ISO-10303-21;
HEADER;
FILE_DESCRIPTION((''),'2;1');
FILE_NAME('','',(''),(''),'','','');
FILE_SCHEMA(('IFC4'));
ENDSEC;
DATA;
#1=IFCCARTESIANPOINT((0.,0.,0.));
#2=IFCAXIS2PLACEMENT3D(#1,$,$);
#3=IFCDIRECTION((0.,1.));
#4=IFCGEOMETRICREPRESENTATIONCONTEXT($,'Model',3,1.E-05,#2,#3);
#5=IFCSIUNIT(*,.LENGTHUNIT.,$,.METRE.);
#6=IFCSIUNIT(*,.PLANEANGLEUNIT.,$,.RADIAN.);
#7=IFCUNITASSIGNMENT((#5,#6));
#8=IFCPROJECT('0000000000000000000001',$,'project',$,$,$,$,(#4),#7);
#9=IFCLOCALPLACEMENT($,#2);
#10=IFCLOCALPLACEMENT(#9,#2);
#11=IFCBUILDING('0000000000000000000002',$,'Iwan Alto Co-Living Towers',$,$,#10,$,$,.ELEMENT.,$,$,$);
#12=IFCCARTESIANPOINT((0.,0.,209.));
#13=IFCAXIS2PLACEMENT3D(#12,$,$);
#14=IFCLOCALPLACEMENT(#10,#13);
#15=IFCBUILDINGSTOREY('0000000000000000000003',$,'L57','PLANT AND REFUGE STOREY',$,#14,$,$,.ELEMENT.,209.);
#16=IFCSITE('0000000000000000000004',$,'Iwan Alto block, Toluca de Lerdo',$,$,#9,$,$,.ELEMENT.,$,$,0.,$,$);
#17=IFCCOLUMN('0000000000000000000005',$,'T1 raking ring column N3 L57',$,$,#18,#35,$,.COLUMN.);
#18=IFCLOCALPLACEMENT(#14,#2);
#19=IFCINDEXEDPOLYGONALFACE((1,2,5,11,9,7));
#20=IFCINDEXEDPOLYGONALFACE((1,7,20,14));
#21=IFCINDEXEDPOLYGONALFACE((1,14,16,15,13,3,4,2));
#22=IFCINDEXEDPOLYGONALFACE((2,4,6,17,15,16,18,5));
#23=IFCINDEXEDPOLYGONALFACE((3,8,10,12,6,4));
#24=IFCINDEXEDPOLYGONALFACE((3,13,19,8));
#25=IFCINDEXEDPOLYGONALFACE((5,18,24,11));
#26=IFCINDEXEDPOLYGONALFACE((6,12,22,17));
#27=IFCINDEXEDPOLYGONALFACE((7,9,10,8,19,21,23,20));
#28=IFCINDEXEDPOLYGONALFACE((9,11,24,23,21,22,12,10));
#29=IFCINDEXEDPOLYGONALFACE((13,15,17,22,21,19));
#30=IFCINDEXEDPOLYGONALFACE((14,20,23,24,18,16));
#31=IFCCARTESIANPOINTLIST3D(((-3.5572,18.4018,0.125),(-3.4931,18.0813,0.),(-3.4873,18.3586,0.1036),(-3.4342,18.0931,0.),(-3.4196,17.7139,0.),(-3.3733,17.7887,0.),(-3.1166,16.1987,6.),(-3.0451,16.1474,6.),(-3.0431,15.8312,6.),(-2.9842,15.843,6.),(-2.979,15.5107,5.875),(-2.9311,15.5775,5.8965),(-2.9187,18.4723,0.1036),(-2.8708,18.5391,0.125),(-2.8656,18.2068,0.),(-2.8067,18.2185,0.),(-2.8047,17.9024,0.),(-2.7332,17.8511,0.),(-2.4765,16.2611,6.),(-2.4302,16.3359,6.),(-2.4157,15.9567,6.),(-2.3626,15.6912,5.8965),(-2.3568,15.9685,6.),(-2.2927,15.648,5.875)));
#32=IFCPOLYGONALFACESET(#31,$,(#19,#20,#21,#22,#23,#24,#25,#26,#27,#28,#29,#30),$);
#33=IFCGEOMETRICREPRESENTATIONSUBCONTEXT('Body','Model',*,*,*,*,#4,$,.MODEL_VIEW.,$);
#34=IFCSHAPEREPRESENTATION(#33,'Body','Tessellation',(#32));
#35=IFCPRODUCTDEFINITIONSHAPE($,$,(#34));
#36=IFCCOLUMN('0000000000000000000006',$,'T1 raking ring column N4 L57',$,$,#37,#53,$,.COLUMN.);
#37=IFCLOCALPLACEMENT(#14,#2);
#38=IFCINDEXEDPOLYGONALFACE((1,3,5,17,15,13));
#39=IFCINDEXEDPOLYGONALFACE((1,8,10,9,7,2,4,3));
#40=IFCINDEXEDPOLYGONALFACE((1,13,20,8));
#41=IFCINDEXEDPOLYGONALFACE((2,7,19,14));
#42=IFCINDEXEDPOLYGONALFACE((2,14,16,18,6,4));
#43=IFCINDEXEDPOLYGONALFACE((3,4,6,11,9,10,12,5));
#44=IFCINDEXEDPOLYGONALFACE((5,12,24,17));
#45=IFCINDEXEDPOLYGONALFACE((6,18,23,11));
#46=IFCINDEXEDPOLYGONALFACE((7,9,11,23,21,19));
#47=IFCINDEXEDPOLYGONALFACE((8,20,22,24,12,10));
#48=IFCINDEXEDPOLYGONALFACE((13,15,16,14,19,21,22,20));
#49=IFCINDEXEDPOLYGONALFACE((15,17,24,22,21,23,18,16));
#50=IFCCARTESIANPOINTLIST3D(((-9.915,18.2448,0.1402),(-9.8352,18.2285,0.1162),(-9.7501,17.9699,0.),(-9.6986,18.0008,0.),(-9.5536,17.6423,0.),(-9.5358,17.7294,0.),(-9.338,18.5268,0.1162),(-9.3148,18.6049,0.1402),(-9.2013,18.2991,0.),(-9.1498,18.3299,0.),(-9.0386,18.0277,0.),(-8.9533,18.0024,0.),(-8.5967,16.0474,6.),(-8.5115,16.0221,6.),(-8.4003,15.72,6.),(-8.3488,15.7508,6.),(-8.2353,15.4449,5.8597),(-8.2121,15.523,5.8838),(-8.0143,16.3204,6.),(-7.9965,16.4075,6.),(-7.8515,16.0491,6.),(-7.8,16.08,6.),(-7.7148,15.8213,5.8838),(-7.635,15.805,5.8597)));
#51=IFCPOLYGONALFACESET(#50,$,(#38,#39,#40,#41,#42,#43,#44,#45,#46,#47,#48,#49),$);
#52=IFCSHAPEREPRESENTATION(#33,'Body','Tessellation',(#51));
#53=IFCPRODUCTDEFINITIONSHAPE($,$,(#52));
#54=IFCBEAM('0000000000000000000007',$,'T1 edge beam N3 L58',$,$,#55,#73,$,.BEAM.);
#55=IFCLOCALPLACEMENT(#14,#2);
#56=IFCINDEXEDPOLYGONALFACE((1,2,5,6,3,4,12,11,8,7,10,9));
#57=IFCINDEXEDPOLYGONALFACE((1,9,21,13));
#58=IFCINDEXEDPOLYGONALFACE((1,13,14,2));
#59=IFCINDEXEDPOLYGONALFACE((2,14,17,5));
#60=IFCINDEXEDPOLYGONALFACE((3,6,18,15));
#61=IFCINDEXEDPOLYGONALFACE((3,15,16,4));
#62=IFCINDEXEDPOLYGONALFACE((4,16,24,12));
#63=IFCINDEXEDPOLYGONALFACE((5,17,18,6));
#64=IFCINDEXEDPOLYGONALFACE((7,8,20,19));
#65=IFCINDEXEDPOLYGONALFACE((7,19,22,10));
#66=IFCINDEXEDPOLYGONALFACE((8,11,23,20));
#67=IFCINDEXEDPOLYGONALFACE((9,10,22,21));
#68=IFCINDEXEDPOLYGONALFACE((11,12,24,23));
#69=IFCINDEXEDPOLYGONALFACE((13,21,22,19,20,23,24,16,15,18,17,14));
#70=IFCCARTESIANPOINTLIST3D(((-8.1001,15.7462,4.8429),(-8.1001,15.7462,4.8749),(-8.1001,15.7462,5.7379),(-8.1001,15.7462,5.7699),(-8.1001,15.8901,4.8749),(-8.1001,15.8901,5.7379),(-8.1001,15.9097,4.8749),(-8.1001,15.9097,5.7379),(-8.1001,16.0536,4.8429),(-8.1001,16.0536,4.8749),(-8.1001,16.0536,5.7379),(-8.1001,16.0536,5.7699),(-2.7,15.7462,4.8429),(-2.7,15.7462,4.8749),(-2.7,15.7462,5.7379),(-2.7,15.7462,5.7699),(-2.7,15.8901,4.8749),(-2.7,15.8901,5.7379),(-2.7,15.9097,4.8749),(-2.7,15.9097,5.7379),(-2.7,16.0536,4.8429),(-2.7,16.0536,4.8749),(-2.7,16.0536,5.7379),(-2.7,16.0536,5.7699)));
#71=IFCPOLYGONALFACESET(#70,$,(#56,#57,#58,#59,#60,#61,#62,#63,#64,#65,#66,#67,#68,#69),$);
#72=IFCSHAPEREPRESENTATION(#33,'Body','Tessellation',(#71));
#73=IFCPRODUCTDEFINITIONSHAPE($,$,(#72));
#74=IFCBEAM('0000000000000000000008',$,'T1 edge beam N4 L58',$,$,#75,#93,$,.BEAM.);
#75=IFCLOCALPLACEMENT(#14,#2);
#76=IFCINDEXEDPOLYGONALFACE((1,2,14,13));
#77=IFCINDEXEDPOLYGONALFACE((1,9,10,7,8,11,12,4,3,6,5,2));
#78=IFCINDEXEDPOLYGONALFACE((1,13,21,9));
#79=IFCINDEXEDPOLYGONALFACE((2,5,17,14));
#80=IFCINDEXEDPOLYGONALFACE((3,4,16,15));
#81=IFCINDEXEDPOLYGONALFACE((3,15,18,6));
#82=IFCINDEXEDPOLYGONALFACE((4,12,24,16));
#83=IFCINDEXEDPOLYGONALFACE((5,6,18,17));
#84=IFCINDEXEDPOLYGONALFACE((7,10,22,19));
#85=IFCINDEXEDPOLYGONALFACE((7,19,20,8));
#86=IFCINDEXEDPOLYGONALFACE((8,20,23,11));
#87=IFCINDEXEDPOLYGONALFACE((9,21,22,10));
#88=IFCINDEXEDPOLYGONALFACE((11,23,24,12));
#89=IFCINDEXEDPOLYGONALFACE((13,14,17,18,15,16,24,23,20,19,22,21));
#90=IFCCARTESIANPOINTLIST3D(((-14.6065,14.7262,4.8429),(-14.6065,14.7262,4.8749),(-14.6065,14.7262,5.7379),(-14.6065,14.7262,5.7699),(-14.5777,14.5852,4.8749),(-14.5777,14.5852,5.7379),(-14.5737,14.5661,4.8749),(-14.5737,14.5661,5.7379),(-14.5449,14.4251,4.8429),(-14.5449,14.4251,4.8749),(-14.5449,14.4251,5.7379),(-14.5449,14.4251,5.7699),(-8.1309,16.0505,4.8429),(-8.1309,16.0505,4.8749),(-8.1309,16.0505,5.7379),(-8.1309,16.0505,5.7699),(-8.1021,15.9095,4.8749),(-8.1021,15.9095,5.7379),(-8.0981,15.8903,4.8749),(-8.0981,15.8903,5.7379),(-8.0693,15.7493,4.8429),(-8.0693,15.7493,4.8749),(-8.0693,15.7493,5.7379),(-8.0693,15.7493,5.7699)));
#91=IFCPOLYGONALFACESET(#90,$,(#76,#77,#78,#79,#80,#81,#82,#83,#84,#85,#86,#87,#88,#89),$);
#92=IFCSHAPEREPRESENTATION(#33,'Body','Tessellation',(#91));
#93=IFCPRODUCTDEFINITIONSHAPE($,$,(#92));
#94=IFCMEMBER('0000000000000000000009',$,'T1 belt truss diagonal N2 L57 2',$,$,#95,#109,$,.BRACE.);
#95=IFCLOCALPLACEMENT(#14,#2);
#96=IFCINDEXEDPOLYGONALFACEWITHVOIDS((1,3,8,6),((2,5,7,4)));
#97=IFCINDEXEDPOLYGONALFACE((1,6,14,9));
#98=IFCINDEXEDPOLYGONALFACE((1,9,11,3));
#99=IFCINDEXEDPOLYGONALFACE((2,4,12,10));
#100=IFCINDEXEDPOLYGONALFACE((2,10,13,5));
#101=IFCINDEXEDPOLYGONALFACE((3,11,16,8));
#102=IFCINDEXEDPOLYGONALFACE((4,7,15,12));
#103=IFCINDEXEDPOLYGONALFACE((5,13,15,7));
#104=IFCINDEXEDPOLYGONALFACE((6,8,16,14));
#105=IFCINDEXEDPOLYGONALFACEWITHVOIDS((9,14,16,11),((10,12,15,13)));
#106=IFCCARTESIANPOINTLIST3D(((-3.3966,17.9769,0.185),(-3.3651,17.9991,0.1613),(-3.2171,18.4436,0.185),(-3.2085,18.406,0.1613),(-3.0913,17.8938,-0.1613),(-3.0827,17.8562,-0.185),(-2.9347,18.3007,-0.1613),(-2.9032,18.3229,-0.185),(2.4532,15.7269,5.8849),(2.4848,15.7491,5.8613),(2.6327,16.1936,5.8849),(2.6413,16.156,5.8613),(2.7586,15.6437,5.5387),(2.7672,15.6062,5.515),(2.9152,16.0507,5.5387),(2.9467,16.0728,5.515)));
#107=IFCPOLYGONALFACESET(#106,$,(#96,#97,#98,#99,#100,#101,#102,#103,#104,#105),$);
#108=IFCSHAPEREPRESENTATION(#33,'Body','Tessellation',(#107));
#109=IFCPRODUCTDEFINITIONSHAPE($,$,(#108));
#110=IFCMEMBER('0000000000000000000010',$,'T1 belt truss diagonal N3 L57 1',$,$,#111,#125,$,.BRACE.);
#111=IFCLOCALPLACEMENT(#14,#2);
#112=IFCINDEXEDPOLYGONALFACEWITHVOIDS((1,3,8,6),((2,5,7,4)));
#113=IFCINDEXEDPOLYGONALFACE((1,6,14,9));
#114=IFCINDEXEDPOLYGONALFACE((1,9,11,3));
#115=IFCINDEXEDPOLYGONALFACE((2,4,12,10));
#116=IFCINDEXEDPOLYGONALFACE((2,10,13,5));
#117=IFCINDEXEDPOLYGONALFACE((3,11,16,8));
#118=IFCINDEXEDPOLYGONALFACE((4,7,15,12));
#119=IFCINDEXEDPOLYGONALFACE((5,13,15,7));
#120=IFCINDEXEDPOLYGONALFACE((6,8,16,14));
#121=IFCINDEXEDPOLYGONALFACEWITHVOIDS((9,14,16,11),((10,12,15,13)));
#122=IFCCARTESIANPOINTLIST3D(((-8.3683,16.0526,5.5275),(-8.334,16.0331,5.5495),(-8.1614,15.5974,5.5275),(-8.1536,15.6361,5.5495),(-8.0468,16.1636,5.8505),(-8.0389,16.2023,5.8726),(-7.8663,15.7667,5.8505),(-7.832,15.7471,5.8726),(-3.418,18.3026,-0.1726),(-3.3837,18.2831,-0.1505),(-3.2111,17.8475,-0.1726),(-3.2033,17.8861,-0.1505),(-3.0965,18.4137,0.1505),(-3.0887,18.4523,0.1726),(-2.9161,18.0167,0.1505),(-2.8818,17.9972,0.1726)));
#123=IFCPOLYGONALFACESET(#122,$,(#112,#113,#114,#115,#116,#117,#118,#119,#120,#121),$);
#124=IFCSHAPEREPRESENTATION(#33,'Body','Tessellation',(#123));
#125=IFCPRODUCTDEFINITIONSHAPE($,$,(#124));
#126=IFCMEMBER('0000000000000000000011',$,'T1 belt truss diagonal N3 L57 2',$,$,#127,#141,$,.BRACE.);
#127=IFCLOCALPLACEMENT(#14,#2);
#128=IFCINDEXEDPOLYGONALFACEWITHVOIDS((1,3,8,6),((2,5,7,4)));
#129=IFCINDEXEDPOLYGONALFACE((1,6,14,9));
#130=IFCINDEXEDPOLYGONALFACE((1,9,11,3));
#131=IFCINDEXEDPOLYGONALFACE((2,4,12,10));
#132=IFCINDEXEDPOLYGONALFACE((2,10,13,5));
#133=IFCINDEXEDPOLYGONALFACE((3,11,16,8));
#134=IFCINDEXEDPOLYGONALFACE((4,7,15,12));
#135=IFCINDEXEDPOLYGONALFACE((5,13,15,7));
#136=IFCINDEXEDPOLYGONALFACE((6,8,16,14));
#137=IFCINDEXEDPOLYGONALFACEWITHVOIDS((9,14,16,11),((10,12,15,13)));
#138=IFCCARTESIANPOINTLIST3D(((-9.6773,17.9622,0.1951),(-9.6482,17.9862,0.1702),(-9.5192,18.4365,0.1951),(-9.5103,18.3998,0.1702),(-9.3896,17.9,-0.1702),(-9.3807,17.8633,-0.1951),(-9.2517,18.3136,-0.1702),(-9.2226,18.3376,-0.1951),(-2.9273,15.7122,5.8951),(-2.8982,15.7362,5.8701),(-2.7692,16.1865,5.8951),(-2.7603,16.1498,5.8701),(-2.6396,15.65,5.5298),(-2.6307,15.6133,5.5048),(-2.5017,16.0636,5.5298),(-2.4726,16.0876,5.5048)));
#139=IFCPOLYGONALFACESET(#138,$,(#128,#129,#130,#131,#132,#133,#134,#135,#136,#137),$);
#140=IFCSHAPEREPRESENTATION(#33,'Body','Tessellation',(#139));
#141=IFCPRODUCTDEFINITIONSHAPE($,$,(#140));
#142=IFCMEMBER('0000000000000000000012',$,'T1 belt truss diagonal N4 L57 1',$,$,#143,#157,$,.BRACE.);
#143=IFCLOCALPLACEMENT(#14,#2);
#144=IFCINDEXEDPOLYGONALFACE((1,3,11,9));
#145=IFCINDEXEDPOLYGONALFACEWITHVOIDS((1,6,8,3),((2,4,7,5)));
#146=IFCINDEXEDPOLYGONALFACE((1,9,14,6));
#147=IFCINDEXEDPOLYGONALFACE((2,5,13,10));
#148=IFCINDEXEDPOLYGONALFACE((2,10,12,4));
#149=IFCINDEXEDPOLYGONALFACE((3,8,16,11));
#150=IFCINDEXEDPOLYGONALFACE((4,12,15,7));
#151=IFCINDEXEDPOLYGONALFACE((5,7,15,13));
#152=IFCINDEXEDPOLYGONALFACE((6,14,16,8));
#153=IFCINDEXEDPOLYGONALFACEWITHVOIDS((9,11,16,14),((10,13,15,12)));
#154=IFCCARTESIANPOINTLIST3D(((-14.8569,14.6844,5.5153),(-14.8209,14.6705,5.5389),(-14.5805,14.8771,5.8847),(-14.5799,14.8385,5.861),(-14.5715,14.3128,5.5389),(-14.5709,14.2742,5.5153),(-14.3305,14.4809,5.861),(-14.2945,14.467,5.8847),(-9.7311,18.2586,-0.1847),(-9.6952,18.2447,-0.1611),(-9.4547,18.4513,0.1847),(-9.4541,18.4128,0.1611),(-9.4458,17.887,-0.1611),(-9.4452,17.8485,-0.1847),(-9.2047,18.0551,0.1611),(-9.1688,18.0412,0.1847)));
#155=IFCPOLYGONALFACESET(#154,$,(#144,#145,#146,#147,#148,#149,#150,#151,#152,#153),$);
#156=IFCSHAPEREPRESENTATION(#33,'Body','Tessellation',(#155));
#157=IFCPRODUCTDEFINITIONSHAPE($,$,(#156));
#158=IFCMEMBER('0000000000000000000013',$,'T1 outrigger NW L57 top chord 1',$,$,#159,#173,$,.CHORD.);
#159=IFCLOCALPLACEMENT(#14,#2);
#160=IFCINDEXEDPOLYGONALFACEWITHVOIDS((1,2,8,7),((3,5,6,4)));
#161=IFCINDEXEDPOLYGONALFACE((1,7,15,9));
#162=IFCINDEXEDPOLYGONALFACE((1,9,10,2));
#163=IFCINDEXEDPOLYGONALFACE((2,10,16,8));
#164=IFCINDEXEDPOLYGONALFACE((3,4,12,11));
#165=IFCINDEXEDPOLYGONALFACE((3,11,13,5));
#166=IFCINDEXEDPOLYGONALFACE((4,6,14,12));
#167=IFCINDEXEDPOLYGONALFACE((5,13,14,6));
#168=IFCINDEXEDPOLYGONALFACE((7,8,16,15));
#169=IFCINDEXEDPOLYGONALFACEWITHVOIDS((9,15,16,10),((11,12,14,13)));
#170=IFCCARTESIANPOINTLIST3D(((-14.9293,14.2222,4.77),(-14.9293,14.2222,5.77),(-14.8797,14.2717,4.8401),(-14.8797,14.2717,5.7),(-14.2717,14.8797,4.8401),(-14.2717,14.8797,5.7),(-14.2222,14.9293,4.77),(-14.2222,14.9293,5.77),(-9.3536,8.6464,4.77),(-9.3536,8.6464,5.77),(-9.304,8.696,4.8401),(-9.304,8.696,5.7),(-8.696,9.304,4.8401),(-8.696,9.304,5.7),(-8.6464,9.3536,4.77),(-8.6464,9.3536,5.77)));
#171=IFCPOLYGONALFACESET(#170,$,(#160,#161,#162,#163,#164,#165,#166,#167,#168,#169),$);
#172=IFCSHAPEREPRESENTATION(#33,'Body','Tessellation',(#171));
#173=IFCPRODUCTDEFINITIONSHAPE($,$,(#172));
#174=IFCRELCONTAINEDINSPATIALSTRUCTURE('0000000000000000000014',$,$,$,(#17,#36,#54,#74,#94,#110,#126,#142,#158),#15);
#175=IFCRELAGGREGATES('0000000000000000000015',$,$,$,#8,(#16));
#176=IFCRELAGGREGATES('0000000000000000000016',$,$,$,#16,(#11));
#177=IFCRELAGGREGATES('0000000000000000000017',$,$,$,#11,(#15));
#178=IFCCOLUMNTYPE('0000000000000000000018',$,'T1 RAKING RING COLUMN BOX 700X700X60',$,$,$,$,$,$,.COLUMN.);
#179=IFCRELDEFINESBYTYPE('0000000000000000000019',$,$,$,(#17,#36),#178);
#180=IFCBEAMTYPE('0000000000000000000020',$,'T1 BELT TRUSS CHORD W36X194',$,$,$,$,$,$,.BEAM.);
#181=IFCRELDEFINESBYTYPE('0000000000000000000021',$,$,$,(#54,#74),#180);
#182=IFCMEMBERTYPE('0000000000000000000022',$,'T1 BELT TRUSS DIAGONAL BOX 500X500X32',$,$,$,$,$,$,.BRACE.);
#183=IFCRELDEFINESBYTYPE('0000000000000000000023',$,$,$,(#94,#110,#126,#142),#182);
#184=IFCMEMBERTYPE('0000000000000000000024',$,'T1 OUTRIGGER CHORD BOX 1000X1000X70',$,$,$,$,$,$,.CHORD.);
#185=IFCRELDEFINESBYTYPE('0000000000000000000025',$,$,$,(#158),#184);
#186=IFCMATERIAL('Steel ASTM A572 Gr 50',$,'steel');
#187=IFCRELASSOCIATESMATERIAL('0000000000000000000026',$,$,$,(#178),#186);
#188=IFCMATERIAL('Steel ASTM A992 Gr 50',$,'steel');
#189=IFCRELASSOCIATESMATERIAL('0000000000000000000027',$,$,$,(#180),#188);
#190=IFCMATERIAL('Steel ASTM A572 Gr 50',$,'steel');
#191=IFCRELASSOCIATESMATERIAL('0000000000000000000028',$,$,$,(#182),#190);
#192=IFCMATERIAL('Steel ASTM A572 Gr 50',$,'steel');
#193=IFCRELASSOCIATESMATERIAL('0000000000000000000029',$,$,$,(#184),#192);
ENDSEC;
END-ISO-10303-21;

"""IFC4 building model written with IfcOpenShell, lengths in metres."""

from ifc_helpers import new_model, si_unit, direction, frame, origin, origin_2d, place, context, subcontext, project, spatial, hollow_rectangle, i_section, extrude, clip, halfspace, material, material_profile, profile_set, type_object, element, save


model = new_model("IFC4")

# Units and contexts
model_context = context("Model", 3, precision=1e-05, world=origin(), true_north=direction((0.0, 1.0)))
body_context = subcontext(model_context, "Body", "Model", "MODEL_VIEW")
ifc_project = project(units=[si_unit("LENGTHUNIT", "METRE"), si_unit("PLANEANGLEUNIT", "RADIAN")], contexts=[model_context])

# Site, building, storey
site_placement = place(None, origin())
site = spatial("IfcSite", under=ifc_project, at=site_placement, Name="Iwan Alto block, Toluca de Lerdo", CompositionType="ELEMENT", RefElevation=0.0)
building_placement = place(site_placement, origin())
building = spatial("IfcBuilding", under=site, at=building_placement, Name="Iwan Alto Co-Living Towers", CompositionType="ELEMENT")
storey_placement = place(building_placement, frame((0.0, 0.0, 209.0)))
storey = spatial("IfcBuildingStorey", under=building, at=storey_placement, Name="L57", Description="PLANT AND REFUGE STOREY", CompositionType="ELEMENT", Elevation=209.0)

# Columns
ifc_material_1 = material(Name="Steel ASTM A572 Gr 50", Category="steel")
ifc_material_profile_1 = material_profile(ifc_material_1, hollow_rectangle(XDim=0.7, YDim=0.7, WallThickness=0.0601, at=origin_2d()), Name="BOX 700X700X60")
ifc_profile_set_1 = profile_set([ifc_material_profile_1], Name="Steel ASTM A572 Gr 50")
column_type = type_object("IfcColumnType", Name="T1 RAKING RING COLUMN BOX 700X700X60", PredefinedType="COLUMN", material=ifc_profile_set_1)
column_1_placement = place(storey_placement, frame((-3.1499, 18.1499, 0.0), z_axis=(0.070045, -0.350261, 0.934029), x_axis=(0.980585, 0.196096, 0.0)))
element("IfcColumn", 1, at=column_1_placement, inside=storey, type_object=column_type, Name="T1 raking ring column N3 L57", PredefinedType="COLUMN", context=body_context, shape_type="Clipping", body=[
    clip(clip(extrude(hollow_rectangle(XDim=0.7, YDim=0.7, WallThickness=0.0601, at=origin_2d()), origin(), (0.0, 0.0, 1.0), 6.4238), halfspace(frame((0.0, 0.0, 0.0), z_axis=(0.0, -0.357196, -0.934029), x_axis=(0.980585, -0.183159, 0.070045)), False)), halfspace(frame((0.0, 2.1431, 5.6042), z_axis=(0.0, 0.357196, 0.934029), x_axis=(0.980585, -0.183159, 0.070045)), False)),
])
column_2_placement = place(storey_placement, frame((-9.45, 18.1499, 0.0), z_axis=(0.206128, -0.343583, 0.916222), x_axis=(0.857518, 0.514455, 0.0)))
element("IfcColumn", 2, at=column_2_placement, inside=storey, type_object=column_type, Name="T1 raking ring column N4 L57", PredefinedType="COLUMN", context=body_context, shape_type="Clipping", body=[
    clip(clip(extrude(hollow_rectangle(XDim=0.7, YDim=0.7, WallThickness=0.0601, at=origin_2d()), origin(), (0.0, 0.0, 1.0), 6.5486), halfspace(frame((0.0, 0.0, 0.0), z_axis=(0.0, -0.400672, -0.916222), x_axis=(0.857518, -0.471355, 0.206128)), False)), halfspace(frame((0.0, 2.4041, 5.4973), z_axis=(0.0, 0.400672, 0.916222), x_axis=(0.857518, -0.471355, 0.206128)), False)),
])

# Beams
ifc_material_2 = material(Name="Steel ASTM A992 Gr 50", Category="steel")
ifc_material_profile_2 = material_profile(ifc_material_2, i_section(OverallWidth=0.3074, OverallDepth=0.927, WebThickness=0.0195, FlangeThickness=0.032, at=origin_2d()), Name="W36X194")
ifc_profile_set_2 = profile_set([ifc_material_profile_2], Name="Steel ASTM A992 Gr 50")
beam_type_1 = type_object("IfcBeamType", Name="T1 BELT TRUSS CHORD W36X194", PredefinedType="BEAM", material=ifc_profile_set_2)
beam_1_placement = place(storey_placement, frame((-2.7, 15.8999, 5.3064), z_axis=(-1.0, 0.0, 0.0), x_axis=(0.0, -1.0, 0.0)))
element("IfcBeam", 3, at=beam_1_placement, inside=storey, type_object=beam_type_1, Name="T1 edge beam N3 L58", PredefinedType="BEAM", context=body_context, shape_type="SweptSolid", body=[
    extrude(i_section(OverallWidth=0.3074, OverallDepth=0.927, WebThickness=0.0195, FlangeThickness=0.032, at=origin_2d()), origin(), (0.0, 0.0, 1.0), 5.4001),
])
beam_2_placement = place(storey_placement, frame((-8.1001, 15.8999, 5.3064), z_axis=(-0.979725, -0.200348, 0.0), x_axis=(0.200348, -0.979725, 0.0)))
element("IfcBeam", 4, at=beam_2_placement, inside=storey, type_object=beam_type_1, Name="T1 edge beam N4 L58", PredefinedType="BEAM", context=body_context, shape_type="SweptSolid", body=[
    extrude(i_section(OverallWidth=0.3074, OverallDepth=0.927, WebThickness=0.0195, FlangeThickness=0.032, at=origin_2d()), origin(), (0.0, 0.0, 1.0), 6.6096),
])

# Members
ifc_material_3 = material(Name="Steel ASTM A572 Gr 50", Category="steel")
ifc_material_profile_3 = material_profile(ifc_material_3, hollow_rectangle(XDim=0.5, YDim=0.5, WallThickness=0.032, at=origin_2d()), Name="BOX 500X500X32")
ifc_profile_set_3 = profile_set([ifc_material_profile_3], Name="Steel ASTM A572 Gr 50")
member_type_1 = type_object("IfcMemberType", Name="T1 BELT TRUSS DIAGONAL BOX 500X500X32", PredefinedType="BRACE", material=ifc_profile_set_3)
member_1_placement = place(storey_placement, frame((-3.1499, 18.1499, 0.0), z_axis=(0.690503, -0.265585, 0.672808), x_axis=(0.358987, 0.933343, 0.0)))
element("IfcMember", 5, at=member_1_placement, inside=storey, type_object=member_type_1, Name="T1 belt truss diagonal N2 L57 2", PredefinedType="BRACE", context=body_context, shape_type="SweptSolid", body=[
    extrude(hollow_rectangle(XDim=0.5, YDim=0.5, WallThickness=0.032, at=origin_2d()), origin(), (0.0, 0.0, 1.0), 8.4719),
])
member_2_placement = place(storey_placement, frame((-3.1499, 18.1499, 0.0), z_axis=(-0.62839, -0.28562, 0.723566), x_axis=(0.413789, -0.910373, 0.0)))
element("IfcMember", 6, at=member_2_placement, inside=storey, type_object=member_type_1, Name="T1 belt truss diagonal N3 L57 1", PredefinedType="BRACE", context=body_context, shape_type="SweptSolid", body=[
    extrude(hollow_rectangle(XDim=0.5, YDim=0.5, WallThickness=0.032, at=origin_2d()), origin(), (0.0, 0.0, 1.0), 7.8777),
])
member_3_placement = place(storey_placement, frame((-9.45, 18.1499, 0.0), z_axis=(0.740398, -0.246799, 0.62522), x_axis=(0.316228, 0.948683, 0.0)))
element("IfcMember", 7, at=member_3_placement, inside=storey, type_object=member_type_1, Name="T1 belt truss diagonal N3 L57 2", PredefinedType="BRACE", context=body_context, shape_type="SweptSolid", body=[
    extrude(hollow_rectangle(XDim=0.5, YDim=0.5, WallThickness=0.032, at=origin_2d()), origin(), (0.0, 0.0, 1.0), 9.1167),
])
member_4_placement = place(storey_placement, frame((-9.45, 18.1499, 0.0), z_axis=(-0.606022, -0.422585, 0.673913), x_axis=(0.57198, -0.820268, 0.0)))
element("IfcMember", 8, at=member_4_placement, inside=storey, type_object=member_type_1, Name="T1 belt truss diagonal N4 L57 1", PredefinedType="BRACE", context=body_context, shape_type="SweptSolid", body=[
    extrude(hollow_rectangle(XDim=0.5, YDim=0.5, WallThickness=0.032, at=origin_2d()), origin(), (0.0, 0.0, 1.0), 8.458),
])
ifc_material_4 = material(Name="Steel ASTM A572 Gr 50", Category="steel")
ifc_material_profile_4 = material_profile(ifc_material_4, hollow_rectangle(XDim=1.0, YDim=1.0, WallThickness=0.0701, at=origin_2d()), Name="BOX 1000X1000X70")
ifc_profile_set_4 = profile_set([ifc_material_profile_4], Name="Steel ASTM A572 Gr 50")
member_type_2 = type_object("IfcMemberType", Name="T1 OUTRIGGER CHORD BOX 1000X1000X70", PredefinedType="CHORD", material=ifc_profile_set_4)
member_5_placement = place(storey_placement, frame((-9.0, 9.0, 5.27), z_axis=(-0.707107, 0.707107, 0.0), x_axis=(-0.707107, -0.707107, 0.0)))
element("IfcMember", 9, at=member_5_placement, inside=storey, type_object=member_type_2, Name="T1 outrigger NW L57 top chord 1", PredefinedType="CHORD", context=body_context, shape_type="SweptSolid", body=[
    extrude(hollow_rectangle(XDim=1.0, YDim=1.0, WallThickness=0.0701, at=origin_2d()), origin(), (0.0, 0.0, 1.0), 7.8853),
])

save(model, "model.ifc")
